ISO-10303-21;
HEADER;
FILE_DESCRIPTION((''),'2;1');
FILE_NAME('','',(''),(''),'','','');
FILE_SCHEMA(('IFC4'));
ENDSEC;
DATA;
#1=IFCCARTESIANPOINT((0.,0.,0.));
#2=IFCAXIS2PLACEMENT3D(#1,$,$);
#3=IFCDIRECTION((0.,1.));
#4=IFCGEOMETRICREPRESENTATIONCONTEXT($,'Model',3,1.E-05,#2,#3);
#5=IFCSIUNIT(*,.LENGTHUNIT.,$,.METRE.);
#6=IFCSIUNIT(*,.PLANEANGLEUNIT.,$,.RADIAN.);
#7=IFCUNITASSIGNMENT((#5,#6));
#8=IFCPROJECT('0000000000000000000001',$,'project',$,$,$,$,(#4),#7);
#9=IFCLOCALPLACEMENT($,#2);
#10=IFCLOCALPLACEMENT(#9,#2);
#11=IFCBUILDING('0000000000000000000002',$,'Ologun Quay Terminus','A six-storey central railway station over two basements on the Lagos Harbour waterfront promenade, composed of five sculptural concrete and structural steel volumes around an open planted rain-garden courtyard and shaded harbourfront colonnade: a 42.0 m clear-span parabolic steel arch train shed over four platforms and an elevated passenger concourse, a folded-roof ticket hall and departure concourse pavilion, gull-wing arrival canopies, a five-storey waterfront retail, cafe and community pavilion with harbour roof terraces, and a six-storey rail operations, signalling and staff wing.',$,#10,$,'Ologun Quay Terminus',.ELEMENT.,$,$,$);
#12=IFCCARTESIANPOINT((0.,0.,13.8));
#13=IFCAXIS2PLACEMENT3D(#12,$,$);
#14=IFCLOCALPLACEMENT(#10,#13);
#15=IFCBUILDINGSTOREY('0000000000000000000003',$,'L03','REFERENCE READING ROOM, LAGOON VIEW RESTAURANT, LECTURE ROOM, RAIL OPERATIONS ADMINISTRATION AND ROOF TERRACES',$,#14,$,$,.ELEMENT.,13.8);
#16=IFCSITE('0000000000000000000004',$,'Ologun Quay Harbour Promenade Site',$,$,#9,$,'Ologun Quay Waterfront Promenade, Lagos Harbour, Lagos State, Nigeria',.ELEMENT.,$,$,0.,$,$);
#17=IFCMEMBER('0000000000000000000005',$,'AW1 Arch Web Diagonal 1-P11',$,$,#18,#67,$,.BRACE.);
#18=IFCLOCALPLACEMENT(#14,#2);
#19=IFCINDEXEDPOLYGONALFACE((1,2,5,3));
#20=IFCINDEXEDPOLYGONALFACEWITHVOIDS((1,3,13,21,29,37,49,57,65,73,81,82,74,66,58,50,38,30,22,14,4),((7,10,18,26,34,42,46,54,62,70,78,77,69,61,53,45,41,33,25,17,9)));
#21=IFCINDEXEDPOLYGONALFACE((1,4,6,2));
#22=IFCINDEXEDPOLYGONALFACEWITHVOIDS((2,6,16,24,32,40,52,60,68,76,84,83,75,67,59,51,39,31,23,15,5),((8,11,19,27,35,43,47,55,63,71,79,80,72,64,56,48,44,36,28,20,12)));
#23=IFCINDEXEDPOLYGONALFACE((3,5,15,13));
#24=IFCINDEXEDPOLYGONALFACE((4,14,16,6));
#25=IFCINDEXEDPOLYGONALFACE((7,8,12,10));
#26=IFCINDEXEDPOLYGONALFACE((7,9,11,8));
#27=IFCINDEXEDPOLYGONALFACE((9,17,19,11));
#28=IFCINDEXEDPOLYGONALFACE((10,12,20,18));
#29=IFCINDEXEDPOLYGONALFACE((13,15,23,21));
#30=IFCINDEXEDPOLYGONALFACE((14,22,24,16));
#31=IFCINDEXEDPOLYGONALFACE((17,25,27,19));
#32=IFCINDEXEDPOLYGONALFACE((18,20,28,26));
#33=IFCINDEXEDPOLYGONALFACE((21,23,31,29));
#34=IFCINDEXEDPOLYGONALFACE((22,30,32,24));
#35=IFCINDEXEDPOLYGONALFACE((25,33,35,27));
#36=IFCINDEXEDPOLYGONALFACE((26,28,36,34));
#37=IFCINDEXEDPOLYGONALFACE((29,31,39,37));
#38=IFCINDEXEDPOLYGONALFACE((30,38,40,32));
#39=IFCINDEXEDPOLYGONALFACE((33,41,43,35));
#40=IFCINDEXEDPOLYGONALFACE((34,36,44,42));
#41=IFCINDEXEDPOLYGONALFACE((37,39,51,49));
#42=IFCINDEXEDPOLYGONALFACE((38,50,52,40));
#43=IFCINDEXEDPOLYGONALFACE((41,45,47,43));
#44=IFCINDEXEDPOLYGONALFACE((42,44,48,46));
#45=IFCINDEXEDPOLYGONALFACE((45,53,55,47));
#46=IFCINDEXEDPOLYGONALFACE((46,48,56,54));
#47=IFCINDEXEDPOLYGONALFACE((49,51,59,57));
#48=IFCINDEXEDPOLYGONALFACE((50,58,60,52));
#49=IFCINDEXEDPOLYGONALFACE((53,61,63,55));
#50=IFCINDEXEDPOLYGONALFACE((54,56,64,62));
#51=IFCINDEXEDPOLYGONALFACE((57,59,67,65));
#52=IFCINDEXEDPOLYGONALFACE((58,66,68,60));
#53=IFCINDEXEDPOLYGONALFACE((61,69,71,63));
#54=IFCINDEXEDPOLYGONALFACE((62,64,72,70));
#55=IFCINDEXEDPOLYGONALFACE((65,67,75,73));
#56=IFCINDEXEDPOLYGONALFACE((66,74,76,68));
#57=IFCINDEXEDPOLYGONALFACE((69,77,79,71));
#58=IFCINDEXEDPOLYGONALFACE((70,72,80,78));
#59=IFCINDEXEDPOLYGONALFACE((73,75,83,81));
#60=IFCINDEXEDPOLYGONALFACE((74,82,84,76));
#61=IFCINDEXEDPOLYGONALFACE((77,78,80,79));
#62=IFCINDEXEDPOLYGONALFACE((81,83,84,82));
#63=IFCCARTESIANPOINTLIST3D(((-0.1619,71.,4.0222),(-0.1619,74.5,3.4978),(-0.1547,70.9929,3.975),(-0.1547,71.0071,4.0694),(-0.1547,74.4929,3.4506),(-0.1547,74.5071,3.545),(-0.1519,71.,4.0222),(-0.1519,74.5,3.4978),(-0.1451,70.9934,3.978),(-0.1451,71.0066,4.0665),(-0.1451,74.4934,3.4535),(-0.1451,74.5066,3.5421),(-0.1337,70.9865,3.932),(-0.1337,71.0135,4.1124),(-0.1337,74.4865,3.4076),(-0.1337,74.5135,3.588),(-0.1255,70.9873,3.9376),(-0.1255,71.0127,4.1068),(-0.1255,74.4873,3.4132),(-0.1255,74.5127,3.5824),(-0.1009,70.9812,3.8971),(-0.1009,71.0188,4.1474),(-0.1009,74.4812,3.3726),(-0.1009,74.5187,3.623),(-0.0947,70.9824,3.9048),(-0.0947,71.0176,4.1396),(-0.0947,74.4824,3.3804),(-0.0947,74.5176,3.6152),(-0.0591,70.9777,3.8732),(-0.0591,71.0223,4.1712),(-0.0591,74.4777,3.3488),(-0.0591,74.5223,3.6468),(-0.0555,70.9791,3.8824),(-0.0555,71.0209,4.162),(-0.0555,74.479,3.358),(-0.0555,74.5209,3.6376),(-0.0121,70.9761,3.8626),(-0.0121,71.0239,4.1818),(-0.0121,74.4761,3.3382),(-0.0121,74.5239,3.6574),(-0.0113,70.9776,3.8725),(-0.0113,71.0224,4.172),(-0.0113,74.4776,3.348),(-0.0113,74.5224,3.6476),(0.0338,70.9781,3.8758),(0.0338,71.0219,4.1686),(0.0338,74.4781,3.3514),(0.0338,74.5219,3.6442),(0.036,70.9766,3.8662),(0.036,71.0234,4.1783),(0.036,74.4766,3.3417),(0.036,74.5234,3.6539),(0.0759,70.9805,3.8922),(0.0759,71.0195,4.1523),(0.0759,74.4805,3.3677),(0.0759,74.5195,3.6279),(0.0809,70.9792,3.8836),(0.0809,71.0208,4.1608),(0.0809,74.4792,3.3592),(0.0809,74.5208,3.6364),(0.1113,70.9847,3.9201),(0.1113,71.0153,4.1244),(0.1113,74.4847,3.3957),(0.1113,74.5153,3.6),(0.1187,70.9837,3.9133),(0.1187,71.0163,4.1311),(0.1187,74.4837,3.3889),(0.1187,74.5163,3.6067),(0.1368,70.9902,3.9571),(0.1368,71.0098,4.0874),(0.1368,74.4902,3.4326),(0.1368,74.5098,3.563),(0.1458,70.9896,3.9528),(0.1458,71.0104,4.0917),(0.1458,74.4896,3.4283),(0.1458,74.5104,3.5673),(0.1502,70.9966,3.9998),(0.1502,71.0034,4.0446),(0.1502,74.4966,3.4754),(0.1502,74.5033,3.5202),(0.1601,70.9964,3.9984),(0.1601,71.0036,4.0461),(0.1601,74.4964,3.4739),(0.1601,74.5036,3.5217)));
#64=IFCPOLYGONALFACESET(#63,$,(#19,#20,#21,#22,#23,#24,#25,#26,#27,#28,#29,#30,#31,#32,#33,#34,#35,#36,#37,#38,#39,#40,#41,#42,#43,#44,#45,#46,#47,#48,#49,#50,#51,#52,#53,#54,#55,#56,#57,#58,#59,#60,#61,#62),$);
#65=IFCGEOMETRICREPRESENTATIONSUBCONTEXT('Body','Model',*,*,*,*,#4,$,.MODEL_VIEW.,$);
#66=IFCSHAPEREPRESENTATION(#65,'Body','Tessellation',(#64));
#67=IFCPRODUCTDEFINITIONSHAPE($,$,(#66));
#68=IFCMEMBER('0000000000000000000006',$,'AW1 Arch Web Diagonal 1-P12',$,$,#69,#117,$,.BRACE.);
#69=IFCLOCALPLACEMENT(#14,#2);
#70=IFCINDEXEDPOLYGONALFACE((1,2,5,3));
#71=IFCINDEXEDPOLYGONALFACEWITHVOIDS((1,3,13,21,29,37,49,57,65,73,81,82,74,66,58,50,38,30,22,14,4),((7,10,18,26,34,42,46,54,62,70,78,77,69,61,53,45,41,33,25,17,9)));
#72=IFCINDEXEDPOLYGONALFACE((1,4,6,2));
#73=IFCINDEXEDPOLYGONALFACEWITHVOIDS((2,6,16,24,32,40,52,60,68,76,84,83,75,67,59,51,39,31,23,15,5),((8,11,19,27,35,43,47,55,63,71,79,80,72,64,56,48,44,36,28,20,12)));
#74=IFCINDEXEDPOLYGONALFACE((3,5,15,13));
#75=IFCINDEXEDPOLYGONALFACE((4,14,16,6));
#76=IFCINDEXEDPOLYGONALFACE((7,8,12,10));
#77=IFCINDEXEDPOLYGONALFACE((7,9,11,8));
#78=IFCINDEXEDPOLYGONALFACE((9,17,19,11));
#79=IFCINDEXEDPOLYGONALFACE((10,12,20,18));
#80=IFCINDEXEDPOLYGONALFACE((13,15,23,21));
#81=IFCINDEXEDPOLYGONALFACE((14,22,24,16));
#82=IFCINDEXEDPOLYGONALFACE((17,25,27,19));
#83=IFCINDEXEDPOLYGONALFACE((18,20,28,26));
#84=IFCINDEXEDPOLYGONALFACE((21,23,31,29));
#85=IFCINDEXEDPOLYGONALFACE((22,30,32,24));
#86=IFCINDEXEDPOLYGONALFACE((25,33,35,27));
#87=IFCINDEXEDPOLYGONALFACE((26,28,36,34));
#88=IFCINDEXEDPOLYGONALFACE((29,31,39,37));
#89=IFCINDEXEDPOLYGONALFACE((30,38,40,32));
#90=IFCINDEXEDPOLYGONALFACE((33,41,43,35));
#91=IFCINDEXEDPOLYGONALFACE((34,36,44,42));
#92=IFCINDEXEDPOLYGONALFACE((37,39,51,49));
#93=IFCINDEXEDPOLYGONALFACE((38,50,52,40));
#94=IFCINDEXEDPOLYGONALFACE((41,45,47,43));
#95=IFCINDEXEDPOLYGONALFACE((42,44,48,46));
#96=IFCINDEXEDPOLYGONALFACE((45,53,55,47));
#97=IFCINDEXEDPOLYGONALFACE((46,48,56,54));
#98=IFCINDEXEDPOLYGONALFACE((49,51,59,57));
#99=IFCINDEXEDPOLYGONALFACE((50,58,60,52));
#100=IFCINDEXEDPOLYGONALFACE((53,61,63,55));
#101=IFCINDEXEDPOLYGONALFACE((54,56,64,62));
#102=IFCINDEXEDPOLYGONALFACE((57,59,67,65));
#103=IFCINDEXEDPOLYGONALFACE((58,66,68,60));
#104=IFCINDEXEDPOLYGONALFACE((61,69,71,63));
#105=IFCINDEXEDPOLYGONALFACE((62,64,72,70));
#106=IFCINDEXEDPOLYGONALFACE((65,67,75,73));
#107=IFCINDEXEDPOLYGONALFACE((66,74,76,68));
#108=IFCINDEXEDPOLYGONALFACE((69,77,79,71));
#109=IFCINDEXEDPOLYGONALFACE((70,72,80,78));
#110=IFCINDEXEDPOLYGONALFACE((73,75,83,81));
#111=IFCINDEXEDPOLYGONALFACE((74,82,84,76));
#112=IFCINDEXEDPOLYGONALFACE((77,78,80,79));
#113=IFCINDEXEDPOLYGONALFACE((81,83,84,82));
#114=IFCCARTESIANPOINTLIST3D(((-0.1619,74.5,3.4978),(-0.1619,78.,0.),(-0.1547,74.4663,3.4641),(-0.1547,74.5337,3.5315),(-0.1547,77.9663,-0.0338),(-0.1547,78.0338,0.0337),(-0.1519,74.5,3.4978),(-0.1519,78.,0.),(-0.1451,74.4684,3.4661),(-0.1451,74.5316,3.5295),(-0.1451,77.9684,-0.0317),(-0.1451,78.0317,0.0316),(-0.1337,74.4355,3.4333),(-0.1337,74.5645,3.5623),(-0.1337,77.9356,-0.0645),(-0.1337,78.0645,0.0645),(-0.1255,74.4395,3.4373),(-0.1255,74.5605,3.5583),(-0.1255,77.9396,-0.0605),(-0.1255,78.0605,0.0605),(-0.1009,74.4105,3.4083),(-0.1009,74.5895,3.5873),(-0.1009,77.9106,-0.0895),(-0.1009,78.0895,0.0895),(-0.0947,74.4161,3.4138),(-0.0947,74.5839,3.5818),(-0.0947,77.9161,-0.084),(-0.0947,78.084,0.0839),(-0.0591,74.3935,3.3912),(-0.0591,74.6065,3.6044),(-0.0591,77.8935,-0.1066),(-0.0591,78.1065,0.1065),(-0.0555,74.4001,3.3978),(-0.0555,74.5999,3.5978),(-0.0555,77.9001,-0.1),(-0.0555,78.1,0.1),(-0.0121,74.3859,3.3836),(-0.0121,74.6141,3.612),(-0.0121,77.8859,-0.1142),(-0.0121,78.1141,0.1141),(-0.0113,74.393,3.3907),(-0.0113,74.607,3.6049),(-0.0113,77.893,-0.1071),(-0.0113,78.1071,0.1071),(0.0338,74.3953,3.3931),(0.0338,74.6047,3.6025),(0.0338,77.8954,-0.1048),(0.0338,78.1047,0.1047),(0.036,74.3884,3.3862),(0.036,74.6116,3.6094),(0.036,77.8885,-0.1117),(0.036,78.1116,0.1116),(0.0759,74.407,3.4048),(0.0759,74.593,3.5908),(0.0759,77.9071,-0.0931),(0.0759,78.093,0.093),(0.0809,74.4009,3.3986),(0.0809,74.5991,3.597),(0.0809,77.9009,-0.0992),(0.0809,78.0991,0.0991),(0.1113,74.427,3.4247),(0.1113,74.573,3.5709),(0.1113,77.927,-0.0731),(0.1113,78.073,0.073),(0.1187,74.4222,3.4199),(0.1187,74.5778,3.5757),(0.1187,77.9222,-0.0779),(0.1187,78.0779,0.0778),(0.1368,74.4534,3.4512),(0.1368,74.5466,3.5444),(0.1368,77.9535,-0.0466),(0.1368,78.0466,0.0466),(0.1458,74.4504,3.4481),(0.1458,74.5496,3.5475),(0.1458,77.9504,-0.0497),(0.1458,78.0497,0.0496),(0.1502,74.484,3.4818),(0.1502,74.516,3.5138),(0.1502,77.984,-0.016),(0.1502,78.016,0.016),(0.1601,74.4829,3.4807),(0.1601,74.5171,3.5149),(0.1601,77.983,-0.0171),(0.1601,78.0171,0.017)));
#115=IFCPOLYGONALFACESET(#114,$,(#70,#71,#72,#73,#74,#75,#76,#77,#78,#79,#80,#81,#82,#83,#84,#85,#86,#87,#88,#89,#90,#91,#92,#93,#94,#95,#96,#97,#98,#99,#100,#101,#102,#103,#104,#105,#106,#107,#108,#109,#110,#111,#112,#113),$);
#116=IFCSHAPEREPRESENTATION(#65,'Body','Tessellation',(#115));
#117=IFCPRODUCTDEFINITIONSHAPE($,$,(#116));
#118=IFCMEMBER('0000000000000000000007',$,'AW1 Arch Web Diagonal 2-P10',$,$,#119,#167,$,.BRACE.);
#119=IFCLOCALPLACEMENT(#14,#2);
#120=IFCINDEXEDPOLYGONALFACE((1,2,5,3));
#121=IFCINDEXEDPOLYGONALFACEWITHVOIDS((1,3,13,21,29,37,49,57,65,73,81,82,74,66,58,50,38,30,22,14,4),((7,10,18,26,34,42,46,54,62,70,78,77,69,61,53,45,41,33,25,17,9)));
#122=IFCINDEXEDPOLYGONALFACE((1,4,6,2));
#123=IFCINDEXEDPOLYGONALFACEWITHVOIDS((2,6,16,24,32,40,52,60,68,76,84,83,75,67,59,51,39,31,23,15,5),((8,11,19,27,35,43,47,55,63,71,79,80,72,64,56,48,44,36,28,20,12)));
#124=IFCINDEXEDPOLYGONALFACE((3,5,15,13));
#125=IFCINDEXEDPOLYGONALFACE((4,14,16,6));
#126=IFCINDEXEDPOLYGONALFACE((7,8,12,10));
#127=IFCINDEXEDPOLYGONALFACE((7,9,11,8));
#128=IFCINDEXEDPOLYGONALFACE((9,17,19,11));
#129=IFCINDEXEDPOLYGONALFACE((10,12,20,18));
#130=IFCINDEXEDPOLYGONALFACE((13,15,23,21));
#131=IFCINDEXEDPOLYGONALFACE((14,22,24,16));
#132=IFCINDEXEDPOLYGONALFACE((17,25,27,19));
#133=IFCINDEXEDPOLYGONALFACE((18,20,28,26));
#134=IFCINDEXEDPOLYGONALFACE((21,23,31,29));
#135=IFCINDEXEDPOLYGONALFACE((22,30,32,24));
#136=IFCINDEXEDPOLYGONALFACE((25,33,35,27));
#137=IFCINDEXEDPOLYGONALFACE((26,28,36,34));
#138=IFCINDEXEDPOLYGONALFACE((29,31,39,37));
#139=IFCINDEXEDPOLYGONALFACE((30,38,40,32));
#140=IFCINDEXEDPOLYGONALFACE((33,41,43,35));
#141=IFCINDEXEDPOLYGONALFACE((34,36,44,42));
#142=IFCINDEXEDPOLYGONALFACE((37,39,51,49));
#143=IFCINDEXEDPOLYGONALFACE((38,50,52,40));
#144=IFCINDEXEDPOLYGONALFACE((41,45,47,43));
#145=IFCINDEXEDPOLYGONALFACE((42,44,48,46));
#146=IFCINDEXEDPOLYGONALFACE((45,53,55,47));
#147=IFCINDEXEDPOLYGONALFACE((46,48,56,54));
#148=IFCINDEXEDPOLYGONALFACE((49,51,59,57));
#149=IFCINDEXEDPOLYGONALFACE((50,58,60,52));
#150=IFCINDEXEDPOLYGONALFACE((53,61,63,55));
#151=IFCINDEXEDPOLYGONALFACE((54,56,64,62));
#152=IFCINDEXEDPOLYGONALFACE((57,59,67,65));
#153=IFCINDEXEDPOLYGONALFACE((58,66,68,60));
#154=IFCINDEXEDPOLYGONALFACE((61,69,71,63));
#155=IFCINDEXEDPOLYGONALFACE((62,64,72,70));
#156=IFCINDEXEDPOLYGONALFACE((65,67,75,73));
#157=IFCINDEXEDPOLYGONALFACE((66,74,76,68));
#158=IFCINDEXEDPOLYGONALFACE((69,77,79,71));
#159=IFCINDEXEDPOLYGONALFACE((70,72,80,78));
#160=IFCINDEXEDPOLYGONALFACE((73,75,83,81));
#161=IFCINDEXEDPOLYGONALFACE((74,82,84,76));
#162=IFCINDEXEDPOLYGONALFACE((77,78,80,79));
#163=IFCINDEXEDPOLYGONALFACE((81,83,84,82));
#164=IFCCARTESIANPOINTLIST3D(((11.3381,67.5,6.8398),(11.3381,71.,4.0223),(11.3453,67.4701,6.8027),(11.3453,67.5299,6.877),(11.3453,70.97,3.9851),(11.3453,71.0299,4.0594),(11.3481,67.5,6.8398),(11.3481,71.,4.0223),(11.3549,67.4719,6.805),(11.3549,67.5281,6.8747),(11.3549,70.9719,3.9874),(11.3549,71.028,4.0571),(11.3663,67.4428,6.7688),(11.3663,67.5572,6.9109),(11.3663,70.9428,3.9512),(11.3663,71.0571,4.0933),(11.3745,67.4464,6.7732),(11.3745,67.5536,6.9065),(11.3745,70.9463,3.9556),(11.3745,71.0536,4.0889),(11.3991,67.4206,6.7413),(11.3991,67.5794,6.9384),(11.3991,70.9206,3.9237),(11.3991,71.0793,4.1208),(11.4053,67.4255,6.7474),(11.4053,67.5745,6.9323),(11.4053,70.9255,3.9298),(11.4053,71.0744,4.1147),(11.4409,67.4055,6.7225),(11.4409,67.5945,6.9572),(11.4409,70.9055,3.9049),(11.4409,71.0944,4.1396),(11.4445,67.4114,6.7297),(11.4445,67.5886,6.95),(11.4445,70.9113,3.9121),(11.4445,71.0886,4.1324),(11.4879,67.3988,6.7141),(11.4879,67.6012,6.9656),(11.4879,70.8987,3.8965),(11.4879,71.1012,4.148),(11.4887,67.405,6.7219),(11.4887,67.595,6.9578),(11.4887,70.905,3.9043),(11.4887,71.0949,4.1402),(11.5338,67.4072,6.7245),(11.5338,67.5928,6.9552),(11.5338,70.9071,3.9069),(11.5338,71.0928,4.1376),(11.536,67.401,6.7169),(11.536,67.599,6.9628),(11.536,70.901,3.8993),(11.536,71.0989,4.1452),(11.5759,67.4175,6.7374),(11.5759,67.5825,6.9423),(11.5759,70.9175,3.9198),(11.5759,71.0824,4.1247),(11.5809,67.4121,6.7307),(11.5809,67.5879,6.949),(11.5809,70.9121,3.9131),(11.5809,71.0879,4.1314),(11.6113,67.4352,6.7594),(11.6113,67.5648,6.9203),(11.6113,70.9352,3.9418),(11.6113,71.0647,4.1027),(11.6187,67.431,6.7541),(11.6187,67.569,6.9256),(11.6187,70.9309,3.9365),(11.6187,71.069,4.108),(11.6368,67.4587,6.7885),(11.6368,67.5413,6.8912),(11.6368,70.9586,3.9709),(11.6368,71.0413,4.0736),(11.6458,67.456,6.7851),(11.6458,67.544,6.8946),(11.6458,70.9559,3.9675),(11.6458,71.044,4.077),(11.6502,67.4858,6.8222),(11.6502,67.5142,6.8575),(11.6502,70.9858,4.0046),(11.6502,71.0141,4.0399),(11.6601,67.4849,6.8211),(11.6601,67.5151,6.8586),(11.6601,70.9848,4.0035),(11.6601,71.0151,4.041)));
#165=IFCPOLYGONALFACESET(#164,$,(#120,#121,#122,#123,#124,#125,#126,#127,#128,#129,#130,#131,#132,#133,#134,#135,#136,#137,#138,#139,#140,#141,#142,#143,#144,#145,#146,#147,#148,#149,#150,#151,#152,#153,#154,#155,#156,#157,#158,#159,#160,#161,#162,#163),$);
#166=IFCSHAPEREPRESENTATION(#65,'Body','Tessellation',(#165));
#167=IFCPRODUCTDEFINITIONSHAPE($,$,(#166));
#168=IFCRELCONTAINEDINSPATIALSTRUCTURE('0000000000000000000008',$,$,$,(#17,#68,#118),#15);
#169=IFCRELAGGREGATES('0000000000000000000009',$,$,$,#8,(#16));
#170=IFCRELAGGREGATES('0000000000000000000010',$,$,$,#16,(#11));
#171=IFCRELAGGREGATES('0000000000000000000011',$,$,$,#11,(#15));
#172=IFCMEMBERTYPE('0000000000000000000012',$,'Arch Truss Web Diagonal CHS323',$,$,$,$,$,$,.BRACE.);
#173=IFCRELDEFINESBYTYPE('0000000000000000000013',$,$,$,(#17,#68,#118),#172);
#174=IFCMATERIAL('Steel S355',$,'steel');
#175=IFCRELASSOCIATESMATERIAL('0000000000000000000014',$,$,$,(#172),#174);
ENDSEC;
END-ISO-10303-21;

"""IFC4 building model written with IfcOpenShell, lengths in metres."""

from ifc_helpers import new_model, si_unit, direction, frame, origin, origin_2d, place, context, subcontext, project, spatial, hollow_circle, extrude, material, material_profile, profile_set, type_object, element, save


model = new_model("IFC4")

# Units and contexts
model_context = context("Model", 3, precision=1e-05, world=origin(), true_north=direction((0.0, 1.0)))
body_context = subcontext(model_context, "Body", "Model", "MODEL_VIEW")
ifc_project = project(units=[si_unit("LENGTHUNIT", "METRE"), si_unit("PLANEANGLEUNIT", "RADIAN")], contexts=[model_context])

# Site, building, storey
site_placement = place(None, origin())
site = spatial("IfcSite", under=ifc_project, at=site_placement, Name="Ologun Quay Harbour Promenade Site", LongName="Ologun Quay Waterfront Promenade, Lagos Harbour, Lagos State, Nigeria", CompositionType="ELEMENT", RefElevation=0.0)
building_placement = place(site_placement, origin())
building = spatial("IfcBuilding", under=site, at=building_placement, Name="Ologun Quay Terminus", Description="A six-storey central railway station over two basements on the Lagos Harbour waterfront promenade, composed of five sculptural concrete and structural steel volumes around an open planted rain-garden courtyard and shaded harbourfront colonnade: a 42.0 m clear-span parabolic steel arch train shed over four platforms and an elevated passenger concourse, a folded-roof ticket hall and departure concourse pavilion, gull-wing arrival canopies, a five-storey waterfront retail, cafe and community pavilion with harbour roof terraces, and a six-storey rail operations, signalling and staff wing.", LongName="Ologun Quay Terminus", CompositionType="ELEMENT")
storey_placement = place(building_placement, frame((0.0, 0.0, 13.8)))
storey = spatial("IfcBuildingStorey", under=building, at=storey_placement, Name="L03", Description="REFERENCE READING ROOM, LAGOON VIEW RESTAURANT, LECTURE ROOM, RAIL OPERATIONS ADMINISTRATION AND ROOF TERRACES", CompositionType="ELEMENT", Elevation=13.8)

# Members
ifc_material_1 = material(Name="Steel S355", Category="steel")
ifc_material_profile_1 = material_profile(ifc_material_1, hollow_circle(Radius=0.1619, WallThickness=0.01, at=origin_2d()), Name="CHS 323.9x10")
ifc_profile_set_1 = profile_set([ifc_material_profile_1], Name="Steel S355")
member_type_1 = type_object("IfcMemberType", Name="Arch Truss Web Diagonal CHS323", PredefinedType="BRACE", material=ifc_profile_set_1)
member_1_placement = place(storey_placement, frame((0.0, 71.0, 4.0222), z_axis=(0.0, 0.988961, -0.148179), x_axis=(-1.0, 0.0, 0.0)))
element("IfcMember", 1, at=member_1_placement, inside=storey, type_object=member_type_1, Name="AW1 Arch Web Diagonal 1-P11", PredefinedType="BRACE", context=body_context, shape_type="SweptSolid", body=[
    extrude(hollow_circle(Radius=0.1619, WallThickness=0.01, at=origin_2d()), origin(), (0.0, 0.0, 1.0), 3.5391),
])
member_2_placement = place(storey_placement, frame((0.0, 74.5, 3.4978), z_axis=(0.0, 0.707329, -0.706885), x_axis=(-1.0, 0.0, 0.0)))
element("IfcMember", 2, at=member_2_placement, inside=storey, type_object=member_type_1, Name="AW1 Arch Web Diagonal 1-P12", PredefinedType="BRACE", context=body_context, shape_type="SweptSolid", body=[
    extrude(hollow_circle(Radius=0.1619, WallThickness=0.01, at=origin_2d()), origin(), (0.0, 0.0, 1.0), 4.9482),
])
member_3_placement = place(storey_placement, frame((11.5, 67.5, 6.8398), z_axis=(0.0, 0.778951, -0.627084), x_axis=(-1.0, 0.0, 0.0)))
element("IfcMember", 3, at=member_3_placement, inside=storey, type_object=member_type_1, Name="AW1 Arch Web Diagonal 2-P10", PredefinedType="BRACE", context=body_context, shape_type="SweptSolid", body=[
    extrude(hollow_circle(Radius=0.1619, WallThickness=0.01, at=origin_2d()), origin(), (0.0, 0.0, 1.0), 4.4932),
])

save(model, "model.ifc")
